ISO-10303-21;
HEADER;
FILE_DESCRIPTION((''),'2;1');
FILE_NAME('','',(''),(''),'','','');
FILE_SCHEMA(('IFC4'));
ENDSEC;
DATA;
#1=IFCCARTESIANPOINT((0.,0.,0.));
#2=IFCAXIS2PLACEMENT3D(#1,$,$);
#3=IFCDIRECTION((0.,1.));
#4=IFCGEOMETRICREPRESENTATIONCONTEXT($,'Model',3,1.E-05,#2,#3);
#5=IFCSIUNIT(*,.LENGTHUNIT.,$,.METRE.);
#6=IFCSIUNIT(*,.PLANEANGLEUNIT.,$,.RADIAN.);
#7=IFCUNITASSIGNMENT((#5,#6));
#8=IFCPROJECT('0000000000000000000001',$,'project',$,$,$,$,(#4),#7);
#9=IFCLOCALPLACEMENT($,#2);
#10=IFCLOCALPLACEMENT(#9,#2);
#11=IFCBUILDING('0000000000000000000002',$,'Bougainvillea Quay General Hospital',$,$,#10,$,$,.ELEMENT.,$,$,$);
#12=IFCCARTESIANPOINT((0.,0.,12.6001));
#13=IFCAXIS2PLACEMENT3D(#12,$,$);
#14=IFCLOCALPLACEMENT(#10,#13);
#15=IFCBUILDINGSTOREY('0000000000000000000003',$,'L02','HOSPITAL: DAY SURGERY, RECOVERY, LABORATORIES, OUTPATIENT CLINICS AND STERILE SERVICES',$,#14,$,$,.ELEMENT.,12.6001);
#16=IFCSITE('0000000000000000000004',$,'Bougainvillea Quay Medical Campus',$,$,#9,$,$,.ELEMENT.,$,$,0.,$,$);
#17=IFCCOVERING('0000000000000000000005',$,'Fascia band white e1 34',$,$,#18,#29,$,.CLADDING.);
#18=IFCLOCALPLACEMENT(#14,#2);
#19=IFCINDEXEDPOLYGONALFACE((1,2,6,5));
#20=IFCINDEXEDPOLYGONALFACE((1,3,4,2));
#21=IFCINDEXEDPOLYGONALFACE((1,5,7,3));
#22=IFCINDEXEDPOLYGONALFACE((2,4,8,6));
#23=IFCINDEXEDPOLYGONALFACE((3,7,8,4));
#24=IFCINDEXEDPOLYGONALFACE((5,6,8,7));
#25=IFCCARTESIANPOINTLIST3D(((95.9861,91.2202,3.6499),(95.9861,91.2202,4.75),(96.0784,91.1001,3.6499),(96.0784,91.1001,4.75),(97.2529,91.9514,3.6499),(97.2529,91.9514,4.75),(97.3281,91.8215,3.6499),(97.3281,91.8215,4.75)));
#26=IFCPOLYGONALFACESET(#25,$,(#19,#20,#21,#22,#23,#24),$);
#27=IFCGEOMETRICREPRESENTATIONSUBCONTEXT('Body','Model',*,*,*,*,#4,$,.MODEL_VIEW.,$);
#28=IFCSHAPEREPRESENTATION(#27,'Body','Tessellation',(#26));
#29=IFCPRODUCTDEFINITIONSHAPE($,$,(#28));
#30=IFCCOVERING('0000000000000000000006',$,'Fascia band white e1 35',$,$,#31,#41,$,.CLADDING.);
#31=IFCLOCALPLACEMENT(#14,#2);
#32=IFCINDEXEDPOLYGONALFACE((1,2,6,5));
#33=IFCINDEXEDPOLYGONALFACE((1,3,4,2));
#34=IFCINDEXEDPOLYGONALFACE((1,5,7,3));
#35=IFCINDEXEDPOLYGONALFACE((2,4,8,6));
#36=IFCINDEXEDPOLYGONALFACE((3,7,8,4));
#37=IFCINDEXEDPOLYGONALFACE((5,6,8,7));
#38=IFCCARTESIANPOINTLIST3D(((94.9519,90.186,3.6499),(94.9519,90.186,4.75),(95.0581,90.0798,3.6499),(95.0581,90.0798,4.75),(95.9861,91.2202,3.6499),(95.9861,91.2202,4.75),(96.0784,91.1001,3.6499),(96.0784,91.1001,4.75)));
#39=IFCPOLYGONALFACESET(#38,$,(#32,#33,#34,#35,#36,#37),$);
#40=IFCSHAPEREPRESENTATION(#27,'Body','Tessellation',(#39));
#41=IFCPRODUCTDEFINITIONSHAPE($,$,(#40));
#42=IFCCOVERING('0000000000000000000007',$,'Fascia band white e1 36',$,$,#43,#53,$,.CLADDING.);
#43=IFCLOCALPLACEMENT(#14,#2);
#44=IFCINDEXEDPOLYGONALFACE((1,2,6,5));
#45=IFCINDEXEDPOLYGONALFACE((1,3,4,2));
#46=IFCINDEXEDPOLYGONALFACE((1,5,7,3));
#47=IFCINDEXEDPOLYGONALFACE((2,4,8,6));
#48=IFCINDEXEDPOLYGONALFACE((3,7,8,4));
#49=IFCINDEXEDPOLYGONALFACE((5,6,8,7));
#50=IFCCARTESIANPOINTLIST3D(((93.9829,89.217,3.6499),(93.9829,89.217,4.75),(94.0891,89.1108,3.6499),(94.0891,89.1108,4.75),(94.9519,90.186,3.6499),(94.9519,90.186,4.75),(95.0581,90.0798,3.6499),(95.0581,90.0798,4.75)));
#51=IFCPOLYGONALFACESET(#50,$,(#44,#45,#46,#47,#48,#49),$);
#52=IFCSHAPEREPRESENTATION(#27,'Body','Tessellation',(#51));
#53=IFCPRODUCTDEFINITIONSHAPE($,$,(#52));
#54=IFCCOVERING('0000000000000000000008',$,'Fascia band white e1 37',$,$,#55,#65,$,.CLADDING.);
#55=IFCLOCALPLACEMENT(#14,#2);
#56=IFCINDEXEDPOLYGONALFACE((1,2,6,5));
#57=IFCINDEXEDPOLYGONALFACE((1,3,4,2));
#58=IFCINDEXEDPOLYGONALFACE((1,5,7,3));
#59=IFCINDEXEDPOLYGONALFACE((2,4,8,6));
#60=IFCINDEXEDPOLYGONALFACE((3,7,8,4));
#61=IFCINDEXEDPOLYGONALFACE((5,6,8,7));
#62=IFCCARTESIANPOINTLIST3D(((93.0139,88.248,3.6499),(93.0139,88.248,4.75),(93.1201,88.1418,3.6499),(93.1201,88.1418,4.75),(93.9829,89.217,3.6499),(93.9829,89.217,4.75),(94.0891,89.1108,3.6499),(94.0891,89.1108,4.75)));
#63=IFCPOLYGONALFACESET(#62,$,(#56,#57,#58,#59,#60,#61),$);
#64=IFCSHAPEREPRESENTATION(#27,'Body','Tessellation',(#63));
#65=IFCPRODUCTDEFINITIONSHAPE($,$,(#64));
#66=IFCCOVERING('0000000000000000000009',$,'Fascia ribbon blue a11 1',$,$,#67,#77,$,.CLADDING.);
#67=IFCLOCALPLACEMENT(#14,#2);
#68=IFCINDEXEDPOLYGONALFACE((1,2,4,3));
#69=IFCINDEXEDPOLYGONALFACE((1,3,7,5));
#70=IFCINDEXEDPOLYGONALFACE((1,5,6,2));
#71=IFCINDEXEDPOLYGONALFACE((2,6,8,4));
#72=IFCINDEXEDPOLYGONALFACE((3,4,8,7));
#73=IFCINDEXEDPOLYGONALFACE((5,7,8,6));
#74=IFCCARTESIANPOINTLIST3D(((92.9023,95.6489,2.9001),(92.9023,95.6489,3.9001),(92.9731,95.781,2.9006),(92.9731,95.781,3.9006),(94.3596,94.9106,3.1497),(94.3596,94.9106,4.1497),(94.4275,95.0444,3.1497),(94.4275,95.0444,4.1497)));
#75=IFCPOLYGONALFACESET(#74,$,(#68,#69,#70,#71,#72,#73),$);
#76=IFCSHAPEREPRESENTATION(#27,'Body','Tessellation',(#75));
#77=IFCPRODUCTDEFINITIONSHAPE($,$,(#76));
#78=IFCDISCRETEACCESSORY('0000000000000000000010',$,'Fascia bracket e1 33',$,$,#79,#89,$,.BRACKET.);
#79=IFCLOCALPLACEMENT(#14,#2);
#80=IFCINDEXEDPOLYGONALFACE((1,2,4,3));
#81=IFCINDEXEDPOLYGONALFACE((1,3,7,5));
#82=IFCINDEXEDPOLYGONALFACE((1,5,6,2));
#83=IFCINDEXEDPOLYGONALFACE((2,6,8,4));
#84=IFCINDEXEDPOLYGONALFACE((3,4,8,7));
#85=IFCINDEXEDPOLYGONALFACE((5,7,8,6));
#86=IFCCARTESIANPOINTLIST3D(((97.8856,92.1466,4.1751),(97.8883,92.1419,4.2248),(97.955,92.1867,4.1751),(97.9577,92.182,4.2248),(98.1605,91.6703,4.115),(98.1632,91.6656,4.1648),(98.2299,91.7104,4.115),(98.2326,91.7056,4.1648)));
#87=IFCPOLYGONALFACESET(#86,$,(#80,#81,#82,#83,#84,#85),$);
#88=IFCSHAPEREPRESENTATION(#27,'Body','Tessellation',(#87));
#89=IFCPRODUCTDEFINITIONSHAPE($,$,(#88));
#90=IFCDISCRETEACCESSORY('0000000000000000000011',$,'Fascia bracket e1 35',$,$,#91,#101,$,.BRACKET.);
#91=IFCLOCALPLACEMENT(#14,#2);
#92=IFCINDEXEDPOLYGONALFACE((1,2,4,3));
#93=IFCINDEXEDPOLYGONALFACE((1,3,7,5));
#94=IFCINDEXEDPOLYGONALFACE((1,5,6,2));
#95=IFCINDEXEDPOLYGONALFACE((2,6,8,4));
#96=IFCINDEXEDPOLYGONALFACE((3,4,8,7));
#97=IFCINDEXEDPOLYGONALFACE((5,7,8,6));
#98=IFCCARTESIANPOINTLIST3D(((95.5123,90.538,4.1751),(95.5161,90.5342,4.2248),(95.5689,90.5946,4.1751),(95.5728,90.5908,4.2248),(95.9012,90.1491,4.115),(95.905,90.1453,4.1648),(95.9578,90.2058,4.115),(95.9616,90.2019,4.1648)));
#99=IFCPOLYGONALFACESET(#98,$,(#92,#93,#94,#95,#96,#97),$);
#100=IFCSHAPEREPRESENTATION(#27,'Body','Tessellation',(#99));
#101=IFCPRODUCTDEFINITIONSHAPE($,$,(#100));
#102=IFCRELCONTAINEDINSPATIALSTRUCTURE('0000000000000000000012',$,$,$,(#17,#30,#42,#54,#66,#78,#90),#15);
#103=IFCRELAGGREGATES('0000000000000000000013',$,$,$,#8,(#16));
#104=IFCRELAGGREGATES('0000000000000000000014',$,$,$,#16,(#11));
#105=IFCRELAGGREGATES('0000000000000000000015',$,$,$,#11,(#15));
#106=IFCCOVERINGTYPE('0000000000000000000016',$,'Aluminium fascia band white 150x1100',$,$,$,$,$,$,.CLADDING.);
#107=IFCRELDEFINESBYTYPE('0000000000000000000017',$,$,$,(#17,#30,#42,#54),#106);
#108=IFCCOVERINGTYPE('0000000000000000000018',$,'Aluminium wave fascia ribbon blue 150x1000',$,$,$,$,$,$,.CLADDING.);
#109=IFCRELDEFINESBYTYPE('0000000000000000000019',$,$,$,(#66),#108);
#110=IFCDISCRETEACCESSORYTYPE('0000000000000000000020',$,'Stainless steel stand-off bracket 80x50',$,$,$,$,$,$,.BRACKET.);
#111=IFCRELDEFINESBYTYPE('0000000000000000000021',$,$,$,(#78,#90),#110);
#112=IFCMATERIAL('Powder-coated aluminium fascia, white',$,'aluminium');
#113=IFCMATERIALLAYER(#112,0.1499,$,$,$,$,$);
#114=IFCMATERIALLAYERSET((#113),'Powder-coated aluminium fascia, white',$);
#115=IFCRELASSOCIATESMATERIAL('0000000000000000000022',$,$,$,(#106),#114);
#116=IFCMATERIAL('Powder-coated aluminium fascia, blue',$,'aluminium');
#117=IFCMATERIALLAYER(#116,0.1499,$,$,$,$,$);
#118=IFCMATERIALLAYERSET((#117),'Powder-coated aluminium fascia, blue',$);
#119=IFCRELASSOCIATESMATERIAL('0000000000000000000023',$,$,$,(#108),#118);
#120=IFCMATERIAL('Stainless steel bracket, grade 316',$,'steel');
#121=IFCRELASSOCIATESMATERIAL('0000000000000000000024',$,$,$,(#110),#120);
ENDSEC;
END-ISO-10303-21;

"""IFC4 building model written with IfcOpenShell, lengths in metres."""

from ifc_helpers import new_model, si_unit, direction, frame, origin, origin_2d, place, context, subcontext, project, spatial, polyline, rectangle, outline, extrude, material, layer, layer_set, material_profile, profile_set, type_object, element, save


model = new_model("IFC4")

# Units and contexts
model_context = context("Model", 3, precision=1e-05, world=origin(), true_north=direction((0.0, 1.0)))
body_context = subcontext(model_context, "Body", "Model", "MODEL_VIEW")
ifc_project = project(units=[si_unit("LENGTHUNIT", "METRE"), si_unit("PLANEANGLEUNIT", "RADIAN")], contexts=[model_context])

# Site, building, storey
site_placement = place(None, origin())
site = spatial("IfcSite", under=ifc_project, at=site_placement, Name="Bougainvillea Quay Medical Campus", CompositionType="ELEMENT", RefElevation=0.0)
building_placement = place(site_placement, origin())
building = spatial("IfcBuilding", under=site, at=building_placement, Name="Bougainvillea Quay General Hospital", CompositionType="ELEMENT")
storey_placement = place(building_placement, frame((0.0, 0.0, 12.6001)))
storey = spatial("IfcBuildingStorey", under=building, at=storey_placement, Name="L02", Description="HOSPITAL: DAY SURGERY, RECOVERY, LABORATORIES, OUTPATIENT CLINICS AND STERILE SERVICES", CompositionType="ELEMENT", Elevation=12.6001)

# Coverings
ifc_material_1 = material(Name="Powder-coated aluminium fascia, white", Category="aluminium")
ifc_layer_1 = layer(ifc_material_1, 0.1499)
ifc_layer_set_1 = layer_set([ifc_layer_1], Name="Powder-coated aluminium fascia, white")
covering_type_1 = type_object("IfcCoveringType", Name="Aluminium fascia band white 150x1100", PredefinedType="CLADDING", material=ifc_layer_set_1)
covering_1_placement = place(storey_placement, frame((97.3281, 91.8215, 3.6499), z_axis=(0.0, 0.0, 1.0), x_axis=(-0.866059, -0.499942, 0.0)))
element("IfcCovering", 1, at=covering_1_placement, inside=storey, type_object=covering_type_1, Name="Fascia band white e1 34", PredefinedType="CLADDING", context=body_context, shape_type="SweptSolid", body=[
    extrude(outline(polyline([(0.0, 0.0), (1.443, 0.0), (1.4629, -0.1502), (0.0002, -0.1501), (0.0, 0.0)])), origin(), (0.0, 0.0, 1.0), 1.1001),
])
covering_2_placement = place(storey_placement, frame((96.0784, 91.1001, 3.6499), z_axis=(0.0, 0.0, 1.0), x_axis=(-0.707107, -0.707107, 0.0)))
element("IfcCovering", 2, at=covering_2_placement, inside=storey, type_object=covering_type_1, Name="Fascia band white e1 35", PredefinedType="CLADDING", context=body_context, shape_type="SweptSolid", body=[
    extrude(outline(polyline([(0.0, 0.0), (1.4429, 0.0), (1.4429, -0.1502), (-0.0197, -0.1502), (0.0, 0.0)])), origin(), (0.0, 0.0, 1.0), 1.1001),
])
for number, where, z_axis, x_axis, name in (
    (3, (95.0581, 90.0798, 3.6499), (0.0, 0.0, 1.0), (-0.707107, -0.707107, 0.0), "Fascia band white e1 36"),
    (4, (94.0891, 89.1108, 3.6499), (0.0, 0.0, 1.0), (-0.707107, -0.707107, 0.0), "Fascia band white e1 37"),
):
    element("IfcCovering", number, at=place(storey_placement, frame(where, z_axis=z_axis, x_axis=x_axis)), inside=storey, type_object=covering_type_1, Name=name, PredefinedType="CLADDING", context=body_context, shape_type="SweptSolid", body=[
        extrude(outline(polyline([(0.0, 0.0), (1.3704, 0.0), (1.3704, -0.1502), (0.0, -0.1502), (0.0, 0.0)])), origin(), (0.0, 0.0, 1.0), 1.1001),
    ])
ifc_material_2 = material(Name="Powder-coated aluminium fascia, blue", Category="aluminium")
ifc_layer_2 = layer(ifc_material_2, 0.1499)
ifc_layer_set_2 = layer_set([ifc_layer_2], Name="Powder-coated aluminium fascia, blue")
covering_type_2 = type_object("IfcCoveringType", Name="Aluminium wave fascia ribbon blue 150x1000", PredefinedType="CLADDING", material=ifc_layer_set_2)
covering_3_placement = place(storey_placement, frame((94.4275, 95.0444, 3.1497), z_axis=(-0.134614, 0.068396, 0.988535), x_axis=(-0.881881, 0.44664, -0.150993)))
element("IfcCovering", 5, at=covering_3_placement, inside=storey, type_object=covering_type_2, Name="Fascia ribbon blue a11 1", PredefinedType="CLADDING", context=body_context, shape_type="SweptSolid", body=[
    extrude(outline(polyline([(0.0, 0.0), (1.6491, 0.0), (1.6527, 0.1498), (0.0001, 0.15), (0.0, 0.0)])), origin(), (-0.150993, 0.000193, 0.988535), 1.0),
])

# Discrete accessories
ifc_material_3 = material(Name="Stainless steel bracket, grade 316", Category="steel")
ifc_material_profile_1 = material_profile(ifc_material_3, rectangle(XDim=0.0801, YDim=0.05, at=origin_2d()))
ifc_profile_set_1 = profile_set([ifc_material_profile_1], Name="Stainless steel bracket, grade 316")
discrete_accessory_type = type_object("IfcDiscreteAccessoryType", Name="Stainless steel stand-off bracket 80x50", PredefinedType="BRACKET", material=ifc_profile_set_1)
for number, where, z_axis, x_axis, name in (
    (6, (98.1965, 91.688, 4.1399), (-0.496909, 0.860985, 0.108561), (-0.866104, -0.499863, 0.0), "Fascia bracket e1 33"),
    (7, (95.9314, 90.1755, 4.1399), (-0.702928, 0.702928, 0.10855), (-0.707107, -0.707107, 0.0), "Fascia bracket e1 35"),
):
    element("IfcDiscreteAccessory", number, at=place(storey_placement, frame(where, z_axis=z_axis, x_axis=x_axis)), inside=storey, type_object=discrete_accessory_type, Name=name, PredefinedType="BRACKET", context=body_context, shape_type="SweptSolid", body=[
        extrude(rectangle(XDim=0.0801, YDim=0.05, at=origin_2d()), origin(), (0.0, 0.0, 1.0), 0.5532),
    ])

save(model, "model.ifc")
